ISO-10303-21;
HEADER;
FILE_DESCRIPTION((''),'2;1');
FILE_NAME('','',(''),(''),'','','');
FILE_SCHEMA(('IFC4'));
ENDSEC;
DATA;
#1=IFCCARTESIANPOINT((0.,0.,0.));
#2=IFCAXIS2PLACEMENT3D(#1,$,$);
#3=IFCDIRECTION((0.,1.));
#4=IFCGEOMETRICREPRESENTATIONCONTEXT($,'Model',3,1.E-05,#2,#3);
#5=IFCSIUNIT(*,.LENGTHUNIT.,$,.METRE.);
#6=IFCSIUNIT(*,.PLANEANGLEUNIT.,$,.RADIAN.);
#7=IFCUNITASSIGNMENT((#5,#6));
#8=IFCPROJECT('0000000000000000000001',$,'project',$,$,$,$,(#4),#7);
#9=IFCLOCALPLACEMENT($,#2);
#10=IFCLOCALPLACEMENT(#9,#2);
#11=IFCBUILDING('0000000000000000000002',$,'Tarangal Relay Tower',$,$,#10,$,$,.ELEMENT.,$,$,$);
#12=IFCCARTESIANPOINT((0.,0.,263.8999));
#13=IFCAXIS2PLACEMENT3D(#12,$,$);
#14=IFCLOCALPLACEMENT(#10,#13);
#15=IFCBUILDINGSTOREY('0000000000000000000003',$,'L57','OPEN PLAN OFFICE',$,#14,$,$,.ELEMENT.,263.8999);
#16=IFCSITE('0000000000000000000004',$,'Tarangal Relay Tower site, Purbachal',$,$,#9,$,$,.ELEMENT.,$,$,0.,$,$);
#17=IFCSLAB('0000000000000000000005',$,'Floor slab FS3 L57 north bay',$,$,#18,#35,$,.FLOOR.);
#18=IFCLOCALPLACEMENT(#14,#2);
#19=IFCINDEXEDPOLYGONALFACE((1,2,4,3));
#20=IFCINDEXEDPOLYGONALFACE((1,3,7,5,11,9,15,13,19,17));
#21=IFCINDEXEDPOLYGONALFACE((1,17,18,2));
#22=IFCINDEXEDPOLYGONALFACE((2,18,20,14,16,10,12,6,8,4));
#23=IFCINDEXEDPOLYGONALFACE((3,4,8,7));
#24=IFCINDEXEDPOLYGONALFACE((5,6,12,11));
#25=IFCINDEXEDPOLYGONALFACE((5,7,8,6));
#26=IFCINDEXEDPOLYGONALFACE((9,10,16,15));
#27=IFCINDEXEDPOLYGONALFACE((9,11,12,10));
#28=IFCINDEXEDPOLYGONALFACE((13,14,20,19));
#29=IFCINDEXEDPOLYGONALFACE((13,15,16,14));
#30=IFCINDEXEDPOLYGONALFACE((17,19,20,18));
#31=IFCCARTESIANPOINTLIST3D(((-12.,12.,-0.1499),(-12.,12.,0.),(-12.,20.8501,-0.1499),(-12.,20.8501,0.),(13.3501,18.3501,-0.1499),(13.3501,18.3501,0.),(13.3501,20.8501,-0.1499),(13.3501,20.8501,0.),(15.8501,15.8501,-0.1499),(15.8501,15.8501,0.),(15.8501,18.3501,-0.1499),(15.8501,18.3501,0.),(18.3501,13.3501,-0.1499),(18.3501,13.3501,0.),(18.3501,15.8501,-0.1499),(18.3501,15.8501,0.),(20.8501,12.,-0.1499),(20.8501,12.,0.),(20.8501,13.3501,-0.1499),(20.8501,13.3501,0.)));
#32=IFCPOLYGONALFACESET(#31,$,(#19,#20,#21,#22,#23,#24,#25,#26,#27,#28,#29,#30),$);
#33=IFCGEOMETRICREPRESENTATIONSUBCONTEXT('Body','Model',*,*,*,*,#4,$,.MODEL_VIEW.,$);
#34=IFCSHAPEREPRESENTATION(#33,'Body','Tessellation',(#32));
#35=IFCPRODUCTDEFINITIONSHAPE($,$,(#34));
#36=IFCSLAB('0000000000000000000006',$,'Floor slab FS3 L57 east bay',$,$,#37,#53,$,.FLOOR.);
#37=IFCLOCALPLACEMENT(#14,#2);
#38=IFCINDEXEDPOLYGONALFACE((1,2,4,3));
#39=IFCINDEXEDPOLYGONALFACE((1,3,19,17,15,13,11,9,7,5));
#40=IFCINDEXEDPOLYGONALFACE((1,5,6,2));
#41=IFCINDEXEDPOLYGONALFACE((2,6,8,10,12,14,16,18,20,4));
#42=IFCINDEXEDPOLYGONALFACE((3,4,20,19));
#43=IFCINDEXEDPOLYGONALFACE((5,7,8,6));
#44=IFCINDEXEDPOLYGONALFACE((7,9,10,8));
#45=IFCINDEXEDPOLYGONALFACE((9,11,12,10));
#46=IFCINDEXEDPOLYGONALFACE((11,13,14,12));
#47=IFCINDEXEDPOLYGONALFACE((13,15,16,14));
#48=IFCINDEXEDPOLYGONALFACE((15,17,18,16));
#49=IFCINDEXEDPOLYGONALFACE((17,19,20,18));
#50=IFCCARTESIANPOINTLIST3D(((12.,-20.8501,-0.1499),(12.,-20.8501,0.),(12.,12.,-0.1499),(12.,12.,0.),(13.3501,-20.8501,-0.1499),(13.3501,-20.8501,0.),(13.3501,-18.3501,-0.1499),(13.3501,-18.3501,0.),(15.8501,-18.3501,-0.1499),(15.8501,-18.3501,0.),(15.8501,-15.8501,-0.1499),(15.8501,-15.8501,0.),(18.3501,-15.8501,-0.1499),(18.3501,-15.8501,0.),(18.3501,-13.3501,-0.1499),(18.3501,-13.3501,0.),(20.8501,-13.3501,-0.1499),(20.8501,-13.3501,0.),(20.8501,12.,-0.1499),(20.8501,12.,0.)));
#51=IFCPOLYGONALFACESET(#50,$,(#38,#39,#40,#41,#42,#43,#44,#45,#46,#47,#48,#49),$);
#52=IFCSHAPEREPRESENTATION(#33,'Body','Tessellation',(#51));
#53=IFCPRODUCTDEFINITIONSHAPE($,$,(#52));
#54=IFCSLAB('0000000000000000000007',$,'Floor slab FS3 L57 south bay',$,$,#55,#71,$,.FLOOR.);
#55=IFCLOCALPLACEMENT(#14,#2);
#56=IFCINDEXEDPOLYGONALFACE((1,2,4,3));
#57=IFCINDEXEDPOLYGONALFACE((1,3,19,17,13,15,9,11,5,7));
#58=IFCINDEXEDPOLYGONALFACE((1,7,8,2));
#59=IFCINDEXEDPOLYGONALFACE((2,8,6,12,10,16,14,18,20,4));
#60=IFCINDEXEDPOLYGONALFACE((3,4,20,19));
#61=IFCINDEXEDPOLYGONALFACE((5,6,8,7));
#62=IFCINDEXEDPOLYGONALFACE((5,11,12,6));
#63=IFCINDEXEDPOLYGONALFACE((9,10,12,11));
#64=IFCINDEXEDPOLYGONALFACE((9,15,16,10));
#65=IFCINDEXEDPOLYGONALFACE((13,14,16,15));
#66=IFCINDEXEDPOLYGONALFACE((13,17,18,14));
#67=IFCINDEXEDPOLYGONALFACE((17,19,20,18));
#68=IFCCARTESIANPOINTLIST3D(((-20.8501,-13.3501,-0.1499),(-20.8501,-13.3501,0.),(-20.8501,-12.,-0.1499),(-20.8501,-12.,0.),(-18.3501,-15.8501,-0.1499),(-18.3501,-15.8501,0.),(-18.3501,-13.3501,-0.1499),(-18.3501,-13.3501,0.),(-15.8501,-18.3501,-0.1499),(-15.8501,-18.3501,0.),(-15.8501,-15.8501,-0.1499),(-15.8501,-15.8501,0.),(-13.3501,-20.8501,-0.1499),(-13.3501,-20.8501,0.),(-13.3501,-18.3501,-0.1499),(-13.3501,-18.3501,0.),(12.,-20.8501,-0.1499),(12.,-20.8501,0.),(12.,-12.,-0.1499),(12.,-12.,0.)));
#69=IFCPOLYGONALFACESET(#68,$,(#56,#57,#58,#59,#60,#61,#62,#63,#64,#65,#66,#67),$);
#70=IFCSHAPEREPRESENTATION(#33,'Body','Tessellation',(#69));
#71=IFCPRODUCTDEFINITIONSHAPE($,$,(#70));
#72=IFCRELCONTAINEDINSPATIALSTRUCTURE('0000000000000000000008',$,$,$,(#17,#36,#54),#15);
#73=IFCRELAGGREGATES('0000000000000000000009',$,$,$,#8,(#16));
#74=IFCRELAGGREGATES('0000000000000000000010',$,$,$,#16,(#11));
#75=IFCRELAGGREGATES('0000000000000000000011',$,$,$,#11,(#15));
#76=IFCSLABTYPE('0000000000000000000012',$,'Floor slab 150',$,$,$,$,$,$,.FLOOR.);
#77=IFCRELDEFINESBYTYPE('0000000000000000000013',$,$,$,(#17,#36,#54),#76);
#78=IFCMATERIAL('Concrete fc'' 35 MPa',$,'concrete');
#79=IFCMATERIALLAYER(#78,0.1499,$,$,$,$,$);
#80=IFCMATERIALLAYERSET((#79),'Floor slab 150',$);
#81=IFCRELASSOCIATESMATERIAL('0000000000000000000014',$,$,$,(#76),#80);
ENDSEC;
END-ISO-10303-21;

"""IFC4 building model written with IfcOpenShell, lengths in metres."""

from ifc_helpers import new_model, si_unit, direction, frame, origin, place, context, subcontext, project, spatial, polyline, outline, extrude, material, layer, layer_set, type_object, element, save


model = new_model("IFC4")

# Units and contexts
model_context = context("Model", 3, precision=1e-05, world=origin(), true_north=direction((0.0, 1.0)))
body_context = subcontext(model_context, "Body", "Model", "MODEL_VIEW")
ifc_project = project(units=[si_unit("LENGTHUNIT", "METRE"), si_unit("PLANEANGLEUNIT", "RADIAN")], contexts=[model_context])

# Site, building, storey
site_placement = place(None, origin())
site = spatial("IfcSite", under=ifc_project, at=site_placement, Name="Tarangal Relay Tower site, Purbachal", CompositionType="ELEMENT", RefElevation=0.0)
building_placement = place(site_placement, origin())
building = spatial("IfcBuilding", under=site, at=building_placement, Name="Tarangal Relay Tower", CompositionType="ELEMENT")
storey_placement = place(building_placement, frame((0.0, 0.0, 263.8999)))
storey = spatial("IfcBuildingStorey", under=building, at=storey_placement, Name="L57", Description="OPEN PLAN OFFICE", CompositionType="ELEMENT", Elevation=263.8999)

# Slabs
ifc_material_1 = material(Name="Concrete fc' 35 MPa", Category="concrete")
ifc_layer_1 = layer(ifc_material_1, 0.1499)
ifc_layer_set_1 = layer_set([ifc_layer_1], Name="Floor slab 150")
slab_type = type_object("IfcSlabType", Name="Floor slab 150", PredefinedType="FLOOR", material=ifc_layer_set_1)
slab_1_placement = place(storey_placement, frame((0.0, 0.0, -0.1499)))
element("IfcSlab", 1, at=slab_1_placement, inside=storey, type_object=slab_type, Name="Floor slab FS3 L57 north bay", PredefinedType="FLOOR", context=body_context, shape_type="SweptSolid", body=[
    extrude(outline(polyline([(13.3501, 20.8501), (13.3501, 18.3501), (15.8501, 18.3501), (15.8501, 15.8501), (18.3501, 15.8501), (18.3501, 13.3501), (20.8501, 13.3501), (20.8501, 12.0), (-12.0, 12.0), (-12.0, 20.8501), (13.3501, 20.8501)])), origin(), (0.0, 0.0, 1.0), 0.1499),
])
slab_2_placement = place(storey_placement, frame((0.0, 0.0, -0.1499)))
element("IfcSlab", 2, at=slab_2_placement, inside=storey, type_object=slab_type, Name="Floor slab FS3 L57 east bay", PredefinedType="FLOOR", context=body_context, shape_type="SweptSolid", body=[
    extrude(outline(polyline([(20.8501, -13.3501), (18.3501, -13.3501), (18.3501, -15.8501), (15.8501, -15.8501), (15.8501, -18.3501), (13.3501, -18.3501), (13.3501, -20.8501), (12.0, -20.8501), (12.0, 12.0), (20.8501, 12.0), (20.8501, -13.3501)])), origin(), (0.0, 0.0, 1.0), 0.1499),
])
slab_3_placement = place(storey_placement, frame((0.0, 0.0, -0.1499)))
element("IfcSlab", 3, at=slab_3_placement, inside=storey, type_object=slab_type, Name="Floor slab FS3 L57 south bay", PredefinedType="FLOOR", context=body_context, shape_type="SweptSolid", body=[
    extrude(outline(polyline([(-13.3501, -20.8501), (-13.3501, -18.3501), (-15.8501, -18.3501), (-15.8501, -15.8501), (-18.3501, -15.8501), (-18.3501, -13.3501), (-20.8501, -13.3501), (-20.8501, -12.0), (12.0, -12.0), (12.0, -20.8501), (-13.3501, -20.8501)])), origin(), (0.0, 0.0, 1.0), 0.1499),
])

save(model, "model.ifc")
